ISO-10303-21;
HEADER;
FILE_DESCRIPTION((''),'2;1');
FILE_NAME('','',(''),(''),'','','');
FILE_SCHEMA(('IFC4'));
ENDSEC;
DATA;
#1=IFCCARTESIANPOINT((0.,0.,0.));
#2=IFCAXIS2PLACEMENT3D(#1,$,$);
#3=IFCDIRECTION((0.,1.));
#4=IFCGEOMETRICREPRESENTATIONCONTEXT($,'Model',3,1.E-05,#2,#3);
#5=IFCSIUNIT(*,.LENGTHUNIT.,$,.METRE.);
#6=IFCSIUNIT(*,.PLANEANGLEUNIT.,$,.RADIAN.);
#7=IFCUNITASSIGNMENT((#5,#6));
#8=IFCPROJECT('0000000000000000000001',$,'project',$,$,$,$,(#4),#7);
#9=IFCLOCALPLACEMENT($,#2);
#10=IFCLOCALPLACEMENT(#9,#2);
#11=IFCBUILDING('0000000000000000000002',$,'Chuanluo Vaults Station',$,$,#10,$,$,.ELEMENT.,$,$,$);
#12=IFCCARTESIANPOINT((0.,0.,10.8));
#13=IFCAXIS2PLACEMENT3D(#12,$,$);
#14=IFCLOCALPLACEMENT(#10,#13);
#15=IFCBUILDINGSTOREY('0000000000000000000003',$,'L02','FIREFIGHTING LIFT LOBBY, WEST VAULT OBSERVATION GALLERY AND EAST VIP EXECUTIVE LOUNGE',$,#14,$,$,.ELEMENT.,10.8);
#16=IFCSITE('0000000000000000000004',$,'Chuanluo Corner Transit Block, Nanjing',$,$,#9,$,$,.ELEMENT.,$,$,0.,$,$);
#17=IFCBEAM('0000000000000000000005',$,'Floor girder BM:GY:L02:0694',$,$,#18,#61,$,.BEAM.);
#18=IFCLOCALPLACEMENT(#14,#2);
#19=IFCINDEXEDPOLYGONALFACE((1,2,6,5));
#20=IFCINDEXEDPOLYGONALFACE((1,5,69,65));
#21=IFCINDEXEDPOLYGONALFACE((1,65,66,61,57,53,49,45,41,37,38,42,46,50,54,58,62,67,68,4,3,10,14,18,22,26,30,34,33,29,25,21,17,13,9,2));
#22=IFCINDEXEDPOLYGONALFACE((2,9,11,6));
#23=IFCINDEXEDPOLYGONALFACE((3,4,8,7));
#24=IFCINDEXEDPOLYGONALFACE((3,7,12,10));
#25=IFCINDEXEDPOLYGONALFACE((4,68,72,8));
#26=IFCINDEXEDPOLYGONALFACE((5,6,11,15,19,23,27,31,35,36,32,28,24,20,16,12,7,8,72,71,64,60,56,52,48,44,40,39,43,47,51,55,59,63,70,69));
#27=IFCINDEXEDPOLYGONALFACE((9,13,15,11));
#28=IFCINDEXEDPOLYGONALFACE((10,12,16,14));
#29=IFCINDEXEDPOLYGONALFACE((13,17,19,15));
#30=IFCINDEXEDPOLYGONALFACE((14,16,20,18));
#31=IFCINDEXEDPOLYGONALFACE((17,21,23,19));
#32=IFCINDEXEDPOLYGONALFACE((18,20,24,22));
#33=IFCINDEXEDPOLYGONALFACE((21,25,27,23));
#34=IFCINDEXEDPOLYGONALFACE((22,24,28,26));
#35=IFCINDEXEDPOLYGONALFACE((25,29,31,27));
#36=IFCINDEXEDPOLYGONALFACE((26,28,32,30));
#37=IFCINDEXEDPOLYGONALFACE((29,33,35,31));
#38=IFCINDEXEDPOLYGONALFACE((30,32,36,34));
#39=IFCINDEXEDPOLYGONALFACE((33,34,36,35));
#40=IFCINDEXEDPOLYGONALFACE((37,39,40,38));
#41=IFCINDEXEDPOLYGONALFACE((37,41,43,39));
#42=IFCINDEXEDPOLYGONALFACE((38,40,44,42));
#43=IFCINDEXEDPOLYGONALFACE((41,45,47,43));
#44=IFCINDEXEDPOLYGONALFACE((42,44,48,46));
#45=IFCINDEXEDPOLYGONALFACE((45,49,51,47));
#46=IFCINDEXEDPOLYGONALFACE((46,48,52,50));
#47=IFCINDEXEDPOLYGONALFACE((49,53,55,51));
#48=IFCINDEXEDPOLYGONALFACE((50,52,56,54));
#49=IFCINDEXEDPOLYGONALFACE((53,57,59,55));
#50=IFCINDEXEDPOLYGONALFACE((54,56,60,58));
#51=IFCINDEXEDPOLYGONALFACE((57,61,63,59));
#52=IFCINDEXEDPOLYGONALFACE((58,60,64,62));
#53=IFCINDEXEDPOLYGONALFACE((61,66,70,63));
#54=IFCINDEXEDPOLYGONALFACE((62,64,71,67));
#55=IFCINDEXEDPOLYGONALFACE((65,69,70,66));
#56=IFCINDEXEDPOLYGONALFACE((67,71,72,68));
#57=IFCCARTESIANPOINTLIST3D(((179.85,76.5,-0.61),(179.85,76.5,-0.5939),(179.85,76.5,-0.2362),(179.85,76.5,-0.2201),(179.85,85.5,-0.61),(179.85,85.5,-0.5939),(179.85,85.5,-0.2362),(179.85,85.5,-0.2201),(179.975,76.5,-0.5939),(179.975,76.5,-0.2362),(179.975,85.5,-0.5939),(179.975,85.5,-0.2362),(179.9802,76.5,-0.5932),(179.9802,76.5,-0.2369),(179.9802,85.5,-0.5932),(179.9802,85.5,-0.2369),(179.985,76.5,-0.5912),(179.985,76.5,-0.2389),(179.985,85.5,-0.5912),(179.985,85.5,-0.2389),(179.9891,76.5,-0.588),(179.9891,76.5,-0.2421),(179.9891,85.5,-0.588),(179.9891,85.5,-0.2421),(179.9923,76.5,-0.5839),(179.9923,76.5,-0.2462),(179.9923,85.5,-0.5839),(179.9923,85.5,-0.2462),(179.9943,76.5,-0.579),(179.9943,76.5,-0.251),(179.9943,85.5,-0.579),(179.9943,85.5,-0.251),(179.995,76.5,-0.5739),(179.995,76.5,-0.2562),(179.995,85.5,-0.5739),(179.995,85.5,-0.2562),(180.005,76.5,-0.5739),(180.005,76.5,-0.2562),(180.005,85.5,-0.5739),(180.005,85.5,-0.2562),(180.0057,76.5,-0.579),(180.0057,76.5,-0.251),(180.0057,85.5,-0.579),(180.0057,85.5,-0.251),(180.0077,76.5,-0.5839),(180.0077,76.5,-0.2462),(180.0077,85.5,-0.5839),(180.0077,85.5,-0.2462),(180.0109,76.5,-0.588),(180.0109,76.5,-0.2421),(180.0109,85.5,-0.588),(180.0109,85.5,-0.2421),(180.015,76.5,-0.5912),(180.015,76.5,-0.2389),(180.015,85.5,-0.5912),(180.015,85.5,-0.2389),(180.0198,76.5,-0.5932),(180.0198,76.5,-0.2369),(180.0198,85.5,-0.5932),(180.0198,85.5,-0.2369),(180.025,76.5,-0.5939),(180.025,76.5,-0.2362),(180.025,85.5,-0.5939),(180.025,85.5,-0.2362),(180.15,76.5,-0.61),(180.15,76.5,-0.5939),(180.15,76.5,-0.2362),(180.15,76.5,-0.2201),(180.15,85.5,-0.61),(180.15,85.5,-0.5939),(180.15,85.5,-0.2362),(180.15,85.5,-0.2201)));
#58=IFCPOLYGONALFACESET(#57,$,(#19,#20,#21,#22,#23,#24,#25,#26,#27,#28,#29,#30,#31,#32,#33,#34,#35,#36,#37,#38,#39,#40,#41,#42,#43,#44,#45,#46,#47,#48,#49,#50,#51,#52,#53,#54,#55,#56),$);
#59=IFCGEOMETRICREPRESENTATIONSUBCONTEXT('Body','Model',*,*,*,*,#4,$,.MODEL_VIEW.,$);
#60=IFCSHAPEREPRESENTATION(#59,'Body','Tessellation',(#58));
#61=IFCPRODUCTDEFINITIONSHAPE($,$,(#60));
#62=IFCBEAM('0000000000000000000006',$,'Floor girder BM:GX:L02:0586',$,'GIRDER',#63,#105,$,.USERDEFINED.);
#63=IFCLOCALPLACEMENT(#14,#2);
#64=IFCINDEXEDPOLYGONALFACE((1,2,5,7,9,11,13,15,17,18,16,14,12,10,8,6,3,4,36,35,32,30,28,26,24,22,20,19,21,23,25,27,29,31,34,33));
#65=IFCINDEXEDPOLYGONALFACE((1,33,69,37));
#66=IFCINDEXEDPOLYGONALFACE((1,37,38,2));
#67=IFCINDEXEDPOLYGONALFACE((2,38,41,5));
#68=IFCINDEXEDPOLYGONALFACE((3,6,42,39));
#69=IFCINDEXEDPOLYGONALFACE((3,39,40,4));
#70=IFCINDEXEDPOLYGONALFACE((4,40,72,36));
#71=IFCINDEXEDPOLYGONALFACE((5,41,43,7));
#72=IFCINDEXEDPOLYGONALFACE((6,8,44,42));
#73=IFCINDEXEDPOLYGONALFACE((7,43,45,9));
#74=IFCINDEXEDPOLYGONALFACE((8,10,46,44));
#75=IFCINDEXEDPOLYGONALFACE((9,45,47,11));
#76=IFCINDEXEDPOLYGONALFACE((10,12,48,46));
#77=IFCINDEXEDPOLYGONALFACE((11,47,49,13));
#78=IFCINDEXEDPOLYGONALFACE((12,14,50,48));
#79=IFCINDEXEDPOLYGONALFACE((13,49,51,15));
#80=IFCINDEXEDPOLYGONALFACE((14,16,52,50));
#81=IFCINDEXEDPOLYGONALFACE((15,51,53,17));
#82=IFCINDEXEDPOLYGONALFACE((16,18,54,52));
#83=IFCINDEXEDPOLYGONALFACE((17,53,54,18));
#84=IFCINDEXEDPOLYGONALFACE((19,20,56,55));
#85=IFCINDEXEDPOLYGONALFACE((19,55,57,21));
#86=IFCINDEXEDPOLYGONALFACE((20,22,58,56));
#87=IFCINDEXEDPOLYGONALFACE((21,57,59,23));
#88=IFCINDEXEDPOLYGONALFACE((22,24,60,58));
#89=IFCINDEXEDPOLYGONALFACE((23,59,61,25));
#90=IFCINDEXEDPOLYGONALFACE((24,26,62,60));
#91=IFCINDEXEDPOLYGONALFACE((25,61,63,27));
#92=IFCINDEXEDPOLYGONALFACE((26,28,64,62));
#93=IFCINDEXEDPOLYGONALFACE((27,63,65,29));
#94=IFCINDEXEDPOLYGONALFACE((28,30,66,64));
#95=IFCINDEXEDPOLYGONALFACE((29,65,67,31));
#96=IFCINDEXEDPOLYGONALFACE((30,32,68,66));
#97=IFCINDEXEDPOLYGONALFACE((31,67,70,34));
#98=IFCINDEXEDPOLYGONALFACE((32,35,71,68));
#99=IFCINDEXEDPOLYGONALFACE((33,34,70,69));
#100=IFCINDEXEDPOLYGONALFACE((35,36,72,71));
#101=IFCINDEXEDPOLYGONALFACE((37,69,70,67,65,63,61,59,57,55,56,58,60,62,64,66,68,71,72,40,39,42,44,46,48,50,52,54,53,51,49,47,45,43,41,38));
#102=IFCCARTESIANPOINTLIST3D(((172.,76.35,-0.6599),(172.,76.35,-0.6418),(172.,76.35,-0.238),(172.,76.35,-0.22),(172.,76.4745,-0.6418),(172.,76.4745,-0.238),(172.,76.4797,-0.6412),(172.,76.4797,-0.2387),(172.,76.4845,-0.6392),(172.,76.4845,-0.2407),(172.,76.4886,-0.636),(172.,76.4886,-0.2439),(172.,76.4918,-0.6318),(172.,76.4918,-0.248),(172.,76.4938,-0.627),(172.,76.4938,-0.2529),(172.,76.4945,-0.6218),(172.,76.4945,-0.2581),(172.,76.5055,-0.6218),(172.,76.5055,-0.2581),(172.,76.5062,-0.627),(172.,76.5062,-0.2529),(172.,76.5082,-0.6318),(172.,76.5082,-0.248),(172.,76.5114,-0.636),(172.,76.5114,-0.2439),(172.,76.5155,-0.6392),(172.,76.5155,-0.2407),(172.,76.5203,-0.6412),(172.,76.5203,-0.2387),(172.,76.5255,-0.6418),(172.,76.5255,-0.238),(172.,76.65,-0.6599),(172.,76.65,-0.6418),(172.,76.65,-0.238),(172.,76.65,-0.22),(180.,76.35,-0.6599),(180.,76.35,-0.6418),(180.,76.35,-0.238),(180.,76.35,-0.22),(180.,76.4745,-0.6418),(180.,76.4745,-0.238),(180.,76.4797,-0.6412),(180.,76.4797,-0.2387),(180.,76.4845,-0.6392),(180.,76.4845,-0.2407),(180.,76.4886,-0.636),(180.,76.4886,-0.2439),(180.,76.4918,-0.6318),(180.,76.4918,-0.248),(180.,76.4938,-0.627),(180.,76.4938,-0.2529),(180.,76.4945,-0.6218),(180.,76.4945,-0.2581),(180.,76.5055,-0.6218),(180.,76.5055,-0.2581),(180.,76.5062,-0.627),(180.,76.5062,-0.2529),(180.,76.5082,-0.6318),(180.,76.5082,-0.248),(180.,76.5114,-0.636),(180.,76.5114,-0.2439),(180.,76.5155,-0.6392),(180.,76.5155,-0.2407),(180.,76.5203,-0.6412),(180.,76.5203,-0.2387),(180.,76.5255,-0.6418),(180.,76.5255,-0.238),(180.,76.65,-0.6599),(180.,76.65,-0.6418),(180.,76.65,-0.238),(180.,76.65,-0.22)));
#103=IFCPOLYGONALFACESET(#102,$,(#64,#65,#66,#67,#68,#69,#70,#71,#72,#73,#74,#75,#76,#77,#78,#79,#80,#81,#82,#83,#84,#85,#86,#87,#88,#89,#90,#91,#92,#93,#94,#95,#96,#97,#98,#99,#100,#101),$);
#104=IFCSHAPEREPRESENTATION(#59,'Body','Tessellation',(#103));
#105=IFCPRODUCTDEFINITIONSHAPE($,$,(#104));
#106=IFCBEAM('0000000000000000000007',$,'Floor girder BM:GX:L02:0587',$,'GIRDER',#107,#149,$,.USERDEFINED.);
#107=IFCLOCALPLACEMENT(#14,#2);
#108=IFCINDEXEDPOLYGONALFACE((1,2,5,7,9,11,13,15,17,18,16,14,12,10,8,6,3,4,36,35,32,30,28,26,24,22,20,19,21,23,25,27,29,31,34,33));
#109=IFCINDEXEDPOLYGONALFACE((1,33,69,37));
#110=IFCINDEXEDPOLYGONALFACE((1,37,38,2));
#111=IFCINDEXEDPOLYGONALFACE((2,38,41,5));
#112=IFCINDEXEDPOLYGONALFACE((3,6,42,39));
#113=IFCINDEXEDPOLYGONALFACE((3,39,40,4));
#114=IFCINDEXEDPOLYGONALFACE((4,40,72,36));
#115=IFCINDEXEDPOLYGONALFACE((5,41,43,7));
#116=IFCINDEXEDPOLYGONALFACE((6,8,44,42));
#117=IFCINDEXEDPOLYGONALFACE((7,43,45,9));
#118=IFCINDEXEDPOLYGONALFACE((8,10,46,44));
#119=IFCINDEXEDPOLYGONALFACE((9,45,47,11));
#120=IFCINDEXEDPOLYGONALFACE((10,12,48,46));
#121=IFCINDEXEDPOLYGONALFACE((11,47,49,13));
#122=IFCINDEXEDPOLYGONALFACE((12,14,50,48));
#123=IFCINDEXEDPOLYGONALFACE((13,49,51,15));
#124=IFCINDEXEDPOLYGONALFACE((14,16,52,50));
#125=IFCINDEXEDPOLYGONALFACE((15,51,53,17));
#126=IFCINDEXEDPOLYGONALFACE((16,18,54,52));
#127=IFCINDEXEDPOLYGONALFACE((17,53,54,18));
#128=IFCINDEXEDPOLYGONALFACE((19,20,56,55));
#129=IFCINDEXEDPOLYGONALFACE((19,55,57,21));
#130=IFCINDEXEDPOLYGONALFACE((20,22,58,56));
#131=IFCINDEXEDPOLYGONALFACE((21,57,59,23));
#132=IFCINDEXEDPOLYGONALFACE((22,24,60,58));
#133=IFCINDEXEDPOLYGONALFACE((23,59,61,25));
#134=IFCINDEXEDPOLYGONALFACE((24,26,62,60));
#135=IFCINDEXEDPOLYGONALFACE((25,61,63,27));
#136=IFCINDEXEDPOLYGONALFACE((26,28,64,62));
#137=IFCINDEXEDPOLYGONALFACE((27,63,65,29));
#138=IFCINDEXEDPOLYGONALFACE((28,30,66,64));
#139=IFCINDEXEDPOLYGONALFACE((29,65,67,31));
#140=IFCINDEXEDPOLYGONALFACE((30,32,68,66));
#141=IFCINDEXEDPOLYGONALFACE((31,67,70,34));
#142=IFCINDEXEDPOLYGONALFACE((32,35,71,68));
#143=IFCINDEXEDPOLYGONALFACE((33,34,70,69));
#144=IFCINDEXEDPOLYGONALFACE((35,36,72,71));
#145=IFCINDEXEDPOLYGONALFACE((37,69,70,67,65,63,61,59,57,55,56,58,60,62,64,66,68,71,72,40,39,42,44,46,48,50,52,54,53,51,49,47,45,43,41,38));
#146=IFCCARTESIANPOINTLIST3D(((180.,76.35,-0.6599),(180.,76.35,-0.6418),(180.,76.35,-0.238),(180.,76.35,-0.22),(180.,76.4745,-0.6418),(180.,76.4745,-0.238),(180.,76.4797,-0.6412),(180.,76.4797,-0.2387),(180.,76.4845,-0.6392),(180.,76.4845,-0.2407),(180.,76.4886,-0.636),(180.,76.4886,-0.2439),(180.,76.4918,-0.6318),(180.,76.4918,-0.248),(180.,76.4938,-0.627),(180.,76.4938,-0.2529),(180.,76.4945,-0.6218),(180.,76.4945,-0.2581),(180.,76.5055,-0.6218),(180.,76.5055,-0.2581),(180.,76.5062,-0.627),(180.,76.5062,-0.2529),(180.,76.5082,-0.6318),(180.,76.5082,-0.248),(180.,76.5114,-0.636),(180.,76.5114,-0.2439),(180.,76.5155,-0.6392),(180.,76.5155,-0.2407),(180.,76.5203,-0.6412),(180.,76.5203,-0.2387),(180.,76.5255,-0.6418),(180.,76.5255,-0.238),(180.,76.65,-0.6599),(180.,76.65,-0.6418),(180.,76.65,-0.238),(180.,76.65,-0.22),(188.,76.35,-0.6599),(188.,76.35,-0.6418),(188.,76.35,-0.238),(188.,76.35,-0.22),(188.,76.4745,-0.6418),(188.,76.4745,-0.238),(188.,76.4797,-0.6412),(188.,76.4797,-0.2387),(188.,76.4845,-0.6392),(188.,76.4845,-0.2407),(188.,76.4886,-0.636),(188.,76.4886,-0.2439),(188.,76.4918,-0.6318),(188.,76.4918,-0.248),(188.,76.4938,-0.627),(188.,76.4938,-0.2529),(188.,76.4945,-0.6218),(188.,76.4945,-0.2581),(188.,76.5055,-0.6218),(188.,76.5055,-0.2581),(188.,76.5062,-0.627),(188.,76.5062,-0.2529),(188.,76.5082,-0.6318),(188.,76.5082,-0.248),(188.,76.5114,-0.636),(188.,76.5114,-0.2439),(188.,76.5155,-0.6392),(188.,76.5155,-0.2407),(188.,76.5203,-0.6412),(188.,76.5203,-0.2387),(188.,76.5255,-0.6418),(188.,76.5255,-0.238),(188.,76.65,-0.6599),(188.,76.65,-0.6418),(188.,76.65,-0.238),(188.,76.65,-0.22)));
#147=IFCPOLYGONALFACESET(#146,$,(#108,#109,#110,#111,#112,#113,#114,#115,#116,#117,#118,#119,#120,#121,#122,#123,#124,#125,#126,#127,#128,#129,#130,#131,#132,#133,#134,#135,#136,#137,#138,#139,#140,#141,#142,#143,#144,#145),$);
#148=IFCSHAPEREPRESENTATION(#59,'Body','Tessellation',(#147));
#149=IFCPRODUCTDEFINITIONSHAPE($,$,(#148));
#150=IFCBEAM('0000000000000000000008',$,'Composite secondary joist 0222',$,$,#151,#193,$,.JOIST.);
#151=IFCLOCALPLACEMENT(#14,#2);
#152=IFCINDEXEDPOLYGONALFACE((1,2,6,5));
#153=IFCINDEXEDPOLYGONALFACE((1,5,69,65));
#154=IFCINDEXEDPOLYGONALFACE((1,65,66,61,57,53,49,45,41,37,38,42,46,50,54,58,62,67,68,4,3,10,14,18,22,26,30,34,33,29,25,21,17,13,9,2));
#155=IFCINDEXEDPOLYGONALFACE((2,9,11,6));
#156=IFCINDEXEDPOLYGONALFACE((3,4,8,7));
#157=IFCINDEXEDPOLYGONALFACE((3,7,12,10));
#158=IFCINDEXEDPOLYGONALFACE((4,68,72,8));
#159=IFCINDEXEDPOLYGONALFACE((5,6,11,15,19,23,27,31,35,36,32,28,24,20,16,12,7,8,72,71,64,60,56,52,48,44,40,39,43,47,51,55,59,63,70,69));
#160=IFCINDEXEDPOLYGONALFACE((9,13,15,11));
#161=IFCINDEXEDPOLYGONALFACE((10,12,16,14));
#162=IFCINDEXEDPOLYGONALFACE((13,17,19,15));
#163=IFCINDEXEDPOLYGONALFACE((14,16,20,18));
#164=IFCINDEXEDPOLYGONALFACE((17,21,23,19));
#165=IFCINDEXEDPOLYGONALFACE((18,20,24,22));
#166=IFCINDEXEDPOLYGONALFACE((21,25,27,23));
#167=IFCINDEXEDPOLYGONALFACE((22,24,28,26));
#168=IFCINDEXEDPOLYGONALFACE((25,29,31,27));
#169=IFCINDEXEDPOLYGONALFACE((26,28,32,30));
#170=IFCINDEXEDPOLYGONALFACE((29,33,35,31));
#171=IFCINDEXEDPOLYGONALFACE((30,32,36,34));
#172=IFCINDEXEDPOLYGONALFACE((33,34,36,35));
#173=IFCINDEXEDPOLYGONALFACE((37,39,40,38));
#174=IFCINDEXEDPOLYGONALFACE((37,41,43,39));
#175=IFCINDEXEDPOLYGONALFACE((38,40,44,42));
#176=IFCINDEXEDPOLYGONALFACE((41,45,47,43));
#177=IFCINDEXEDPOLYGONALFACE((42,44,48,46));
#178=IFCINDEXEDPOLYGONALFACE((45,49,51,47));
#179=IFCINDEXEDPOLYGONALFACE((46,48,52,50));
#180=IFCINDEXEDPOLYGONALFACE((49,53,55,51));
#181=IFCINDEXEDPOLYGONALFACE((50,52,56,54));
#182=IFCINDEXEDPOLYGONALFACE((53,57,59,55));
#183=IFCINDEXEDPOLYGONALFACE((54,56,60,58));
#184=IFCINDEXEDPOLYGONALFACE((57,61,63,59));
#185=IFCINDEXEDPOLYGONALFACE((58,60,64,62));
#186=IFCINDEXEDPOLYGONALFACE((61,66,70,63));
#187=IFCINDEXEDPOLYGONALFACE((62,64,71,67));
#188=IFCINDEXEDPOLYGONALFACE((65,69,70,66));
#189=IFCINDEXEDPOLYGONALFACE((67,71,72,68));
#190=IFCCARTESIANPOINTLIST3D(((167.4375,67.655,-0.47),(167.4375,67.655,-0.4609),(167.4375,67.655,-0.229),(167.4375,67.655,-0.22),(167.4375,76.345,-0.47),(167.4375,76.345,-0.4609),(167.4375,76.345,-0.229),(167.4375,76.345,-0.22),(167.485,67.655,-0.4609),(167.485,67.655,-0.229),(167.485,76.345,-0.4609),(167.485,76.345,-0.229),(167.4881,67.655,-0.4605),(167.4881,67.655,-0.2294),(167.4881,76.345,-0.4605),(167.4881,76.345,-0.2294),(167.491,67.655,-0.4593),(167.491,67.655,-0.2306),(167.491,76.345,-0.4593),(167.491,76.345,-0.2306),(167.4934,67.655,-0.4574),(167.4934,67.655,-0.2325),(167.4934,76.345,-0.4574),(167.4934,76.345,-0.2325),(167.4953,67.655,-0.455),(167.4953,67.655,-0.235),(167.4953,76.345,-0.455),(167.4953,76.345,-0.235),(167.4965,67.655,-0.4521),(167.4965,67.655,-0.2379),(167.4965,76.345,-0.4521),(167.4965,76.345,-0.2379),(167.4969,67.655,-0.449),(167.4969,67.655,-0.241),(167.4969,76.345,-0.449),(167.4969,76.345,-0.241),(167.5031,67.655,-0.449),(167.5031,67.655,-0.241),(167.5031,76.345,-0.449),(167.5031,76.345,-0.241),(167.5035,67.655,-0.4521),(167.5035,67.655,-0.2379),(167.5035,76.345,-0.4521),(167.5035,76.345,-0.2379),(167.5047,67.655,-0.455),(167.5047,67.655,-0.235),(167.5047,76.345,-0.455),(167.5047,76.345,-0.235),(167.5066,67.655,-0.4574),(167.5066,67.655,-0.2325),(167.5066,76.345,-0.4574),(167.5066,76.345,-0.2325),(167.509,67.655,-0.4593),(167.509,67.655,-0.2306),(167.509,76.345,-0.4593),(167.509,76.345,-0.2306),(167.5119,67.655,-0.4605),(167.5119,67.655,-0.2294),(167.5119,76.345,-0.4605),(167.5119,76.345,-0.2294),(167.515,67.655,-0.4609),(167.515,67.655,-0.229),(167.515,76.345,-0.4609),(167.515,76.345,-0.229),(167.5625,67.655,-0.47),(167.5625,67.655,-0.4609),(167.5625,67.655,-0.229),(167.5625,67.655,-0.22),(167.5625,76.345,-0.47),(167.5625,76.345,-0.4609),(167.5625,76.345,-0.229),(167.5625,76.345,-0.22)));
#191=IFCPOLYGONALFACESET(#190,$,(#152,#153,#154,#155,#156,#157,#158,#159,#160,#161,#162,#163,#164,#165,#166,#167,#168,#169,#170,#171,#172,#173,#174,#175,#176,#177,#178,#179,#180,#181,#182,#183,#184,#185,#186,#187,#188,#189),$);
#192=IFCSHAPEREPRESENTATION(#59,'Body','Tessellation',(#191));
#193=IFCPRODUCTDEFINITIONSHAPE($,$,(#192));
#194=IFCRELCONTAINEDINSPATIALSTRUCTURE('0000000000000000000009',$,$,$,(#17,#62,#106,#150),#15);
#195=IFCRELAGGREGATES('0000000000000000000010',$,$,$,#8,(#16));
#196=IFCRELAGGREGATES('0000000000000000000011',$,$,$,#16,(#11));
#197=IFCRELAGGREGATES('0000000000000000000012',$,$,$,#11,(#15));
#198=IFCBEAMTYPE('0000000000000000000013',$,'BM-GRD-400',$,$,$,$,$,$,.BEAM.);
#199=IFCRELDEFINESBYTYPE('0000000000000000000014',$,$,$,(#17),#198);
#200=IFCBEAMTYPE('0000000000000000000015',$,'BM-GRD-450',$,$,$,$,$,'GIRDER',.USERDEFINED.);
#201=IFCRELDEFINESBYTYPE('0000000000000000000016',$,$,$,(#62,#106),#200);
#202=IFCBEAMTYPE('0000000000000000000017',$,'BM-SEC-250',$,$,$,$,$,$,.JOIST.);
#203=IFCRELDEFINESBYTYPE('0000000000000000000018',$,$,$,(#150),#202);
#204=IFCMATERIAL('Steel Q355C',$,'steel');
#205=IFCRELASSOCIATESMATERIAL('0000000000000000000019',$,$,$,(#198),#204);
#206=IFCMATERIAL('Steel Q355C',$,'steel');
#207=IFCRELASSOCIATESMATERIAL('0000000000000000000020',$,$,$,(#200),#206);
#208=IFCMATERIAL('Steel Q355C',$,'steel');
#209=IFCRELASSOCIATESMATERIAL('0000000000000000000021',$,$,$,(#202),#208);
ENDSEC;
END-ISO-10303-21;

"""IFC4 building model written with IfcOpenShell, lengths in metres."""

from ifc_helpers import new_model, si_unit, direction, frame, origin, origin_2d, place, context, subcontext, project, spatial, i_section, extrude, material, material_profile, profile_set, type_object, element, save


model = new_model("IFC4")

# Units and contexts
model_context = context("Model", 3, precision=1e-05, world=origin(), true_north=direction((0.0, 1.0)))
body_context = subcontext(model_context, "Body", "Model", "MODEL_VIEW")
ifc_project = project(units=[si_unit("LENGTHUNIT", "METRE"), si_unit("PLANEANGLEUNIT", "RADIAN")], contexts=[model_context])

# Site, building, storey
site_placement = place(None, origin())
site = spatial("IfcSite", under=ifc_project, at=site_placement, Name="Chuanluo Corner Transit Block, Nanjing", CompositionType="ELEMENT", RefElevation=0.0)
building_placement = place(site_placement, origin())
building = spatial("IfcBuilding", under=site, at=building_placement, Name="Chuanluo Vaults Station", CompositionType="ELEMENT")
storey_placement = place(building_placement, frame((0.0, 0.0, 10.8)))
storey = spatial("IfcBuildingStorey", under=building, at=storey_placement, Name="L02", Description="FIREFIGHTING LIFT LOBBY, WEST VAULT OBSERVATION GALLERY AND EAST VIP EXECUTIVE LOUNGE", CompositionType="ELEMENT", Elevation=10.8)

# Beams
ifc_material_1 = material(Name="Steel Q355C", Category="steel")
ifc_material_profile_1 = material_profile(ifc_material_1, i_section(OverallWidth=0.3, OverallDepth=0.3899, WebThickness=0.01, FlangeThickness=0.0161, FilletRadius=0.02, at=origin_2d()))
ifc_profile_set_1 = profile_set([ifc_material_profile_1], Name="Steel Q355C")
beam_type_1 = type_object("IfcBeamType", Name="BM-GRD-400", PredefinedType="BEAM", material=ifc_profile_set_1)
for number, where, z_axis, x_axis, name in (
    (1, (180.0, 76.5, -0.415), (0.0, 1.0, 0.0), (-1.0, 0.0, 0.0), "Floor girder BM:GY:L02:0694"),
):
    element("IfcBeam", number, at=place(storey_placement, frame(where, z_axis=z_axis, x_axis=x_axis)), inside=storey, type_object=beam_type_1, Name=name, PredefinedType="BEAM", context=body_context, shape_type="SweptSolid", body=[
        extrude(i_section(OverallWidth=0.3, OverallDepth=0.3899, WebThickness=0.01, FlangeThickness=0.0161, FilletRadius=0.02, at=origin_2d()), origin(), (0.0, 0.0, 1.0), 9.0),
    ])
ifc_material_2 = material(Name="Steel Q355C", Category="steel")
ifc_material_profile_2 = material_profile(ifc_material_2, i_section(OverallWidth=0.3, OverallDepth=0.4399, WebThickness=0.011, FlangeThickness=0.0181, FilletRadius=0.02, at=origin_2d()))
ifc_profile_set_2 = profile_set([ifc_material_profile_2], Name="Steel Q355C")
beam_type_2 = type_object("IfcBeamType", Name="BM-GRD-450", ElementType="GIRDER", PredefinedType="USERDEFINED", material=ifc_profile_set_2)
for number, where, z_axis, x_axis, name in (
    (2, (172.0, 76.5, -0.4399), (1.0, 0.0, 0.0), (0.0, 1.0, 0.0), "Floor girder BM:GX:L02:0586"),
    (3, (180.0, 76.5, -0.4399), (1.0, 0.0, 0.0), (0.0, 1.0, 0.0), "Floor girder BM:GX:L02:0587"),
):
    element("IfcBeam", number, at=place(storey_placement, frame(where, z_axis=z_axis, x_axis=x_axis)), inside=storey, type_object=beam_type_2, Name=name, ObjectType="GIRDER", PredefinedType="USERDEFINED", context=body_context, shape_type="SweptSolid", body=[
        extrude(i_section(OverallWidth=0.3, OverallDepth=0.4399, WebThickness=0.011, FlangeThickness=0.0181, FilletRadius=0.02, at=origin_2d()), origin(), (0.0, 0.0, 1.0), 8.0),
    ])
ifc_material_3 = material(Name="Steel Q355C", Category="steel")
ifc_material_profile_3 = material_profile(ifc_material_3, i_section(OverallWidth=0.125, OverallDepth=0.25, WebThickness=0.0061, FlangeThickness=0.009, FilletRadius=0.012, at=origin_2d()))
ifc_profile_set_3 = profile_set([ifc_material_profile_3], Name="Steel Q355C")
beam_type_3 = type_object("IfcBeamType", Name="BM-SEC-250", PredefinedType="JOIST", material=ifc_profile_set_3)
for number, where, z_axis, x_axis, name in (
    (4, (167.5, 67.655, -0.345), (0.0, 1.0, 0.0), (-1.0, 0.0, 0.0), "Composite secondary joist 0222"),
):
    element("IfcBeam", number, at=place(storey_placement, frame(where, z_axis=z_axis, x_axis=x_axis)), inside=storey, type_object=beam_type_3, Name=name, PredefinedType="JOIST", context=body_context, shape_type="SweptSolid", body=[
        extrude(i_section(OverallWidth=0.125, OverallDepth=0.25, WebThickness=0.0061, FlangeThickness=0.009, FilletRadius=0.012, at=origin_2d()), origin(), (0.0, 0.0, 1.0), 8.6899),
    ])

save(model, "model.ifc")
